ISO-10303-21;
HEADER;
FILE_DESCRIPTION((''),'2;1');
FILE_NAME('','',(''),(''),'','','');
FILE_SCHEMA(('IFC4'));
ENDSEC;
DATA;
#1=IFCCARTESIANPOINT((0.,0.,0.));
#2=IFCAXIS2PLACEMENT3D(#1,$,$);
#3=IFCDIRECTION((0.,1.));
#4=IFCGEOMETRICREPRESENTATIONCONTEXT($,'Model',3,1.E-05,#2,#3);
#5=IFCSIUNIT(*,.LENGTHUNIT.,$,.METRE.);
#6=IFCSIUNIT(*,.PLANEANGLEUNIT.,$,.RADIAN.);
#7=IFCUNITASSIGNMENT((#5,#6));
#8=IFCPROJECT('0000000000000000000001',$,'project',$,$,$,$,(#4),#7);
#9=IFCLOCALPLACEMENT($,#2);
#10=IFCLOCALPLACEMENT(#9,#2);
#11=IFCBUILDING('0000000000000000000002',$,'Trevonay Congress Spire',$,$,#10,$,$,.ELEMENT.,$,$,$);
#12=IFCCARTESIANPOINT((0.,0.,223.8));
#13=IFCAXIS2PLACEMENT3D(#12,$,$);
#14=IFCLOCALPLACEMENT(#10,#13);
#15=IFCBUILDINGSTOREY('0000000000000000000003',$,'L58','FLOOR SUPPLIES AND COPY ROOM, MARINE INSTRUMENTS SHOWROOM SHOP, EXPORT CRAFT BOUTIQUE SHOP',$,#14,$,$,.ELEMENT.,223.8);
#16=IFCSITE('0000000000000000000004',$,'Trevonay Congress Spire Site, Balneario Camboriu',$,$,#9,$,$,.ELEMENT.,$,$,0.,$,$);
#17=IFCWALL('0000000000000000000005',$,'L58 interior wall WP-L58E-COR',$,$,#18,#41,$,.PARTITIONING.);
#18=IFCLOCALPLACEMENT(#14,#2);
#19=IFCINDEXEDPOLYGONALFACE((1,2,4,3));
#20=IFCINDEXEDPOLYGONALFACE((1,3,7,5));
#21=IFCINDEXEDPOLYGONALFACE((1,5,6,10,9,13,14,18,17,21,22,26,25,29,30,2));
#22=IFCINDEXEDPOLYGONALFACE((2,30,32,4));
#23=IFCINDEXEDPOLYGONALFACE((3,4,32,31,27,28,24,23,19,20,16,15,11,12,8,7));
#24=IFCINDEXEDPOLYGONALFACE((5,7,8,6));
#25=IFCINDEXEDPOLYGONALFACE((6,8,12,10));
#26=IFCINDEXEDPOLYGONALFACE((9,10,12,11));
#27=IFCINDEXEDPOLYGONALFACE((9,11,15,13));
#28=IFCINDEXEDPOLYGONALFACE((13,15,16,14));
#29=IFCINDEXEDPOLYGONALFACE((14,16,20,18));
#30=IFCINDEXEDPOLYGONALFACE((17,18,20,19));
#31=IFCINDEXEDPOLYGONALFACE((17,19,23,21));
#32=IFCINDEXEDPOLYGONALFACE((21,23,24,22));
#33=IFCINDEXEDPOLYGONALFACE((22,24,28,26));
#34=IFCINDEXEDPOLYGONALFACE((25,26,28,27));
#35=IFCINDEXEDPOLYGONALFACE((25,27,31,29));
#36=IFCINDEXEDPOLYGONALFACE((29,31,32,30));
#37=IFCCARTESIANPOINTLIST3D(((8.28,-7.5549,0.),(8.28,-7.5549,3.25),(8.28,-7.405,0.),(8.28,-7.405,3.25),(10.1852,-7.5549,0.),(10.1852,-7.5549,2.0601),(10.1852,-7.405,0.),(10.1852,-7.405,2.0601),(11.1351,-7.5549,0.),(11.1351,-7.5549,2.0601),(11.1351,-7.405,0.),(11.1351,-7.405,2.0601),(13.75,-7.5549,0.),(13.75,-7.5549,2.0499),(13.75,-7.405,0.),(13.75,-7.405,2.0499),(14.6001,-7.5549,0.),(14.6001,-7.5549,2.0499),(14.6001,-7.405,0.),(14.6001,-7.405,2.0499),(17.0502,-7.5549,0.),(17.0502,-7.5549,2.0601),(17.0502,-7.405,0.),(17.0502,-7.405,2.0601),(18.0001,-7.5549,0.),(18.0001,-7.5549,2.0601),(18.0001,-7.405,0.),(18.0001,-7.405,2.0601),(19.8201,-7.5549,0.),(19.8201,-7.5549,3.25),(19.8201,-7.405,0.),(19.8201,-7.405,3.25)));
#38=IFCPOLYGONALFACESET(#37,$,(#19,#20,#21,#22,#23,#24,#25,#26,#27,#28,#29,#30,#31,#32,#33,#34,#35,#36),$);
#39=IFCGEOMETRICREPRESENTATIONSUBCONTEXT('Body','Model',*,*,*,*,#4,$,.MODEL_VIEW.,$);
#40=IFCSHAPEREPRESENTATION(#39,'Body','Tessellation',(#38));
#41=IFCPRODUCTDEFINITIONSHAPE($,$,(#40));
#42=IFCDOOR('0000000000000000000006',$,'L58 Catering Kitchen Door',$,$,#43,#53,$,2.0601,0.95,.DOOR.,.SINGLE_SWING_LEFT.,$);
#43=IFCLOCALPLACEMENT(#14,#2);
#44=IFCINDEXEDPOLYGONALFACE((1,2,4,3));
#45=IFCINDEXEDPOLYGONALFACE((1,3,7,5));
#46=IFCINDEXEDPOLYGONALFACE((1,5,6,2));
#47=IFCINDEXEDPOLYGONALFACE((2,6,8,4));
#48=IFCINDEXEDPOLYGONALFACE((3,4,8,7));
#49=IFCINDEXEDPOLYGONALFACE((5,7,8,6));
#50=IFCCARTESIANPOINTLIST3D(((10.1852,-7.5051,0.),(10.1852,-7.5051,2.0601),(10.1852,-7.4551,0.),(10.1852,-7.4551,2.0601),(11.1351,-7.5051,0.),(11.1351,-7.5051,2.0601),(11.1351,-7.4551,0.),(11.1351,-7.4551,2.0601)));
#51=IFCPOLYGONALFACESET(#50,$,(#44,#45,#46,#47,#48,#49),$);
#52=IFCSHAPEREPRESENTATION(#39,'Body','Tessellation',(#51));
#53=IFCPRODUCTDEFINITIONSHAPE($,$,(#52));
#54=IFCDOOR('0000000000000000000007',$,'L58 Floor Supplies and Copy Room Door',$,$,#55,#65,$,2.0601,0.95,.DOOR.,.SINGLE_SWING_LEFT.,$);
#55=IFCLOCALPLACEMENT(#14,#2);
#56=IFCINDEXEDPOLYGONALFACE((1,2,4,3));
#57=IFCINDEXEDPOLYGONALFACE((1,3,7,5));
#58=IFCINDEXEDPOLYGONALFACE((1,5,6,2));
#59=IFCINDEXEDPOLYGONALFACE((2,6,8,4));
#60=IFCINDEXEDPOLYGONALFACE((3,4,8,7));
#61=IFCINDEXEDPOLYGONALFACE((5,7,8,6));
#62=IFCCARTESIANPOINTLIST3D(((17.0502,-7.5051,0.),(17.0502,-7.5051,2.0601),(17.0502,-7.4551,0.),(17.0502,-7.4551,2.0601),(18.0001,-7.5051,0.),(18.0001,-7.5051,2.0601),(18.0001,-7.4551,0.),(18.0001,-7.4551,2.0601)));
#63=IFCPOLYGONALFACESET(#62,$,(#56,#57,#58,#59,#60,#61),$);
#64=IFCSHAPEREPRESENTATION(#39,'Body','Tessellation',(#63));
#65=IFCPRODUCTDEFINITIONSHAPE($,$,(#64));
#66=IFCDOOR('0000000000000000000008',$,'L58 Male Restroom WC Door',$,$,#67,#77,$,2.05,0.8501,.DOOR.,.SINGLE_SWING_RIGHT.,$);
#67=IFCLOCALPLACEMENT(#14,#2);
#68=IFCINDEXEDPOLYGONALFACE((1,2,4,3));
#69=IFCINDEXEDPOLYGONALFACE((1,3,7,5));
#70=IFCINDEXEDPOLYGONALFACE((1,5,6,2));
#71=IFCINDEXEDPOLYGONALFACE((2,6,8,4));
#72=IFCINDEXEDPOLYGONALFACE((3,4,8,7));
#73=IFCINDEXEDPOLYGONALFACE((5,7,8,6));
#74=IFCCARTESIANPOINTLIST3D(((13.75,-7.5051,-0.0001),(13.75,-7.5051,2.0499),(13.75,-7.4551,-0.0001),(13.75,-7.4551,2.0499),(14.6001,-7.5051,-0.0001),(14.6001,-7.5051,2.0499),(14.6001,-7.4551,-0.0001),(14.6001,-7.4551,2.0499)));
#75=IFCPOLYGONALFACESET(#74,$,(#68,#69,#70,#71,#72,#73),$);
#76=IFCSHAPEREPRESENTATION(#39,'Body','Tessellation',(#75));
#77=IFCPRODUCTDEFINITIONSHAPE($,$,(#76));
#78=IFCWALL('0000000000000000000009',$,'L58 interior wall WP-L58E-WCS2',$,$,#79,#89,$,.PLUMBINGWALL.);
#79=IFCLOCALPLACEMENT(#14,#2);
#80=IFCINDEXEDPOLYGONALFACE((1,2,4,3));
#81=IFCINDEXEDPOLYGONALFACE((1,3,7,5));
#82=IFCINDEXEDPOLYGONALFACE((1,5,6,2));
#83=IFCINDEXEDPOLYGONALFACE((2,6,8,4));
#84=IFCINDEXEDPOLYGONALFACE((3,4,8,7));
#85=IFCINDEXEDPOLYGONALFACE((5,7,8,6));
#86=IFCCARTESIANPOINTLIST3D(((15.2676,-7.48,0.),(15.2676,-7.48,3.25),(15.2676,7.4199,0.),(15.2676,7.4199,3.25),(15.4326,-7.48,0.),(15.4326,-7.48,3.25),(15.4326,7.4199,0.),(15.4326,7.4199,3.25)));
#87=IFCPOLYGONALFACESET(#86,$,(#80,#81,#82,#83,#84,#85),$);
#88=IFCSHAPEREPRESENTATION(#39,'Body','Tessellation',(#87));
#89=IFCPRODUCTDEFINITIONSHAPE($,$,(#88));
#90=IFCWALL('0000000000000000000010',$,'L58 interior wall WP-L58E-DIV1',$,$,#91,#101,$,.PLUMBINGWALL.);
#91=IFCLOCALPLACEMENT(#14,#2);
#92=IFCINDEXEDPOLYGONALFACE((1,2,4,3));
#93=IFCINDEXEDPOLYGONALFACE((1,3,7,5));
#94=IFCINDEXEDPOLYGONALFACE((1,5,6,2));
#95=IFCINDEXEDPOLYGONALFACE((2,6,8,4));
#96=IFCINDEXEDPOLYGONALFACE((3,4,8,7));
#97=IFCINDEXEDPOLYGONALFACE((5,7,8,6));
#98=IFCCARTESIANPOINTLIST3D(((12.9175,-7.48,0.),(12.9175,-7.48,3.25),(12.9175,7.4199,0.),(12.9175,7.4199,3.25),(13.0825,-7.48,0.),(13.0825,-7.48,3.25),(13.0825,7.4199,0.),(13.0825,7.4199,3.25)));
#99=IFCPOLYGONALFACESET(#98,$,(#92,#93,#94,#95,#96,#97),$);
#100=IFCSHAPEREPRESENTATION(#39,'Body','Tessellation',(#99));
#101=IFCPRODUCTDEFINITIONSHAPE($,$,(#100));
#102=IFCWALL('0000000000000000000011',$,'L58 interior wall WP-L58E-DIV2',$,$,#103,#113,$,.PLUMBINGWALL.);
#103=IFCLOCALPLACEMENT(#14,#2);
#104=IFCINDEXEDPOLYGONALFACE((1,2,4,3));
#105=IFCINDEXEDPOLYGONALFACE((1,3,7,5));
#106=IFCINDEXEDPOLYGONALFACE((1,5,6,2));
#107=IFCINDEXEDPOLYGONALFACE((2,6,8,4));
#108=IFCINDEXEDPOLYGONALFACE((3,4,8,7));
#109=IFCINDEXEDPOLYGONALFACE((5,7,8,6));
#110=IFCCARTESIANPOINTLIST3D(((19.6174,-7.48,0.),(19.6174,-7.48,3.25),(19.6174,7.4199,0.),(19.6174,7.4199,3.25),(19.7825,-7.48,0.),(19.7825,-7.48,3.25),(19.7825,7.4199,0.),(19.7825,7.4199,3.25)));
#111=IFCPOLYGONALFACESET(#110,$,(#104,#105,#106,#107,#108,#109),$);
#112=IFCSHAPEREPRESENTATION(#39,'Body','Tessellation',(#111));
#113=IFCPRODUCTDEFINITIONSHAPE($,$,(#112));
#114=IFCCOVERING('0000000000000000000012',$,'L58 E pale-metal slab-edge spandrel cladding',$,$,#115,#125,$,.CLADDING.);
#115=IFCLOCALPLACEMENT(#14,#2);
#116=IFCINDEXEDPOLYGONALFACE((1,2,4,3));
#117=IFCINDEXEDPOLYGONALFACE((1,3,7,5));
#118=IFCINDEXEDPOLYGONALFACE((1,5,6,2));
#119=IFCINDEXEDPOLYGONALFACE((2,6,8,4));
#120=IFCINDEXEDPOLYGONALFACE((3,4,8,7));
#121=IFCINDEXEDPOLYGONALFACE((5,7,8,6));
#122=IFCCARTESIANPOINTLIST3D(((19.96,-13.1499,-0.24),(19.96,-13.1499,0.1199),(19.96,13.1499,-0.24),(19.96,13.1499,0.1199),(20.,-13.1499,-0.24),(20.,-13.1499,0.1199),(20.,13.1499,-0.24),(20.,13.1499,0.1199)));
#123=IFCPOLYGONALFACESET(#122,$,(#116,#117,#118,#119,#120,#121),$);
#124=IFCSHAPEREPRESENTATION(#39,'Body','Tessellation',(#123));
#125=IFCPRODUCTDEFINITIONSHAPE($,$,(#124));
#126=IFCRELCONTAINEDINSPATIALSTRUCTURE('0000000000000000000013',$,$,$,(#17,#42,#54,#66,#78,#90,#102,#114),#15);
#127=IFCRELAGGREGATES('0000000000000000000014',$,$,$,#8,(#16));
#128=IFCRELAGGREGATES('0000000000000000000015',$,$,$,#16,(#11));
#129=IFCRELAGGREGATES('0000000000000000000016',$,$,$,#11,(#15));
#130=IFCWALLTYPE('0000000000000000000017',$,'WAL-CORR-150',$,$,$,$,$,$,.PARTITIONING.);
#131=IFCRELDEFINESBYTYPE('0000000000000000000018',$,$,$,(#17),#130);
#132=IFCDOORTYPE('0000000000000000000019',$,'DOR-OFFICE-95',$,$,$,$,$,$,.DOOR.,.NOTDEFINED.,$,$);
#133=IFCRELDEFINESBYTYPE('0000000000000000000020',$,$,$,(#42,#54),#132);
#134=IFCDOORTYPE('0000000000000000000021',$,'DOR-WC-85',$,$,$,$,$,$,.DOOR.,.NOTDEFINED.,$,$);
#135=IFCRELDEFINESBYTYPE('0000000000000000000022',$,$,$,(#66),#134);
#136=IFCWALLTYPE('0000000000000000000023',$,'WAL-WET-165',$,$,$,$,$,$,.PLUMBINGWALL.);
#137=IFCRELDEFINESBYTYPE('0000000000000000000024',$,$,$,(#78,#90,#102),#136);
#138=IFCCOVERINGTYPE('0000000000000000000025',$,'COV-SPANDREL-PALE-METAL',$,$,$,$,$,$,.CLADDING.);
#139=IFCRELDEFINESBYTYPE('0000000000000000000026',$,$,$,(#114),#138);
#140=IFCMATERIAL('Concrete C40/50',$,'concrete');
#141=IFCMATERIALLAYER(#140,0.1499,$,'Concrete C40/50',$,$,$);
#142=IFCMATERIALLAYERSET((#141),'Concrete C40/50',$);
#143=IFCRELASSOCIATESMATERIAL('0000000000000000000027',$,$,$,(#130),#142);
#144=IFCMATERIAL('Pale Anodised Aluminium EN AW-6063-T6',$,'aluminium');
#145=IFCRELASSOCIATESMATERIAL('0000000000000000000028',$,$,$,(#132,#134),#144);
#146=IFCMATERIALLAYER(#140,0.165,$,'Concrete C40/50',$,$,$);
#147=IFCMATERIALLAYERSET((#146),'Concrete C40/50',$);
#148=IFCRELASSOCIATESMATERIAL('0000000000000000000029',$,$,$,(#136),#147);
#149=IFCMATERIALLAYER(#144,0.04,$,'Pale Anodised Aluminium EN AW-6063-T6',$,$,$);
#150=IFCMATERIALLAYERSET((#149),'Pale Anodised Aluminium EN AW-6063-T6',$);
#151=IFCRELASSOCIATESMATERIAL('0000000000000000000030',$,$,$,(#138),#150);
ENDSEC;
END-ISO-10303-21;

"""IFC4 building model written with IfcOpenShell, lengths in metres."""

from ifc_helpers import new_model, si_unit, direction, frame, frame_2d, origin, place, context, subcontext, project, spatial, rectangle, extrude, material, layer, layer_set, type_object, element, fill, save


model = new_model("IFC4")

# Units and contexts
model_context = context("Model", 3, precision=1e-05, world=origin(), true_north=direction((0.0, 1.0)))
body_context = subcontext(model_context, "Body", "Model", "MODEL_VIEW")
ifc_project = project(units=[si_unit("LENGTHUNIT", "METRE"), si_unit("PLANEANGLEUNIT", "RADIAN")], contexts=[model_context])

# Site, building, storey
site_placement = place(None, origin())
site = spatial("IfcSite", under=ifc_project, at=site_placement, Name="Trevonay Congress Spire Site, Balneario Camboriu", CompositionType="ELEMENT", RefElevation=0.0)
building_placement = place(site_placement, origin())
building = spatial("IfcBuilding", under=site, at=building_placement, Name="Trevonay Congress Spire", CompositionType="ELEMENT")
storey_placement = place(building_placement, frame((0.0, 0.0, 223.8)))
storey = spatial("IfcBuildingStorey", under=building, at=storey_placement, Name="L58", Description="FLOOR SUPPLIES AND COPY ROOM, MARINE INSTRUMENTS SHOWROOM SHOP, EXPORT CRAFT BOUTIQUE SHOP", CompositionType="ELEMENT", Elevation=223.8)

# Shared definitions
ifc_material_1 = material(Name="Pale Anodised Aluminium EN AW-6063-T6", Category="aluminium")

# Wall, openings, doors
ifc_material_2 = material(Name="Concrete C40/50", Category="concrete")
ifc_layer_1 = layer(ifc_material_2, 0.1499, Name="Concrete C40/50")
ifc_layer_set_1 = layer_set([ifc_layer_1], Name="Concrete C40/50")
wall_type_1 = type_object("IfcWallType", Name="WAL-CORR-150", PredefinedType="PARTITIONING", material=ifc_layer_set_1)
wall_placement = place(storey_placement, frame((8.28, -7.48, 0.0), z_axis=(0.0, 0.0, 1.0), x_axis=(1.0, 0.0, 0.0)))
wall = element("IfcWall", 1, at=wall_placement, inside=storey, type_object=wall_type_1, Name="L58 interior wall WP-L58E-COR", PredefinedType="PARTITIONING", context=body_context, shape_type="SweptSolid", body=[
    extrude(rectangle(XDim=11.54, YDim=0.1499, at=frame_2d((5.77, 0.0))), origin(), (0.0, 0.0, 1.0), 3.25),
])
opening_1_placement = place(wall_placement, frame((1.905, 0.0, 0.0)))
opening_1 = element("IfcOpeningElement", 2, at=opening_1_placement, cuts=wall, PredefinedType="OPENING", context=body_context, shape_type="SweptSolid", body=[
    extrude(rectangle(XDim=0.95, YDim=2.0601, at=frame_2d((0.4751, 1.03))), frame((0.0, 0.085, 0.0), z_axis=(0.0, -1.0, 0.0), x_axis=(1.0, 0.0, 0.0)), (0.0, 0.0, 1.0), 0.1699),
])
opening_2_placement = place(wall_placement, frame((5.47, 0.0, 0.0)))
opening_2 = element("IfcOpeningElement", 3, at=opening_2_placement, cuts=wall, PredefinedType="OPENING", context=body_context, shape_type="SweptSolid", body=[
    extrude(rectangle(XDim=0.8501, YDim=2.05, at=frame_2d((0.425, 1.0249))), frame((0.0, 0.085, 0.0), z_axis=(0.0, -1.0, 0.0), x_axis=(1.0, 0.0, 0.0)), (0.0, 0.0, 1.0), 0.1699),
])
opening_3_placement = place(wall_placement, frame((8.77, 0.0, 0.0)))
opening_3 = element("IfcOpeningElement", 4, at=opening_3_placement, cuts=wall, PredefinedType="OPENING", context=body_context, shape_type="SweptSolid", body=[
    extrude(rectangle(XDim=0.95, YDim=2.0601, at=frame_2d((0.4751, 1.03))), frame((0.0, 0.085, 0.0), z_axis=(0.0, -1.0, 0.0), x_axis=(1.0, 0.0, 0.0)), (0.0, 0.0, 1.0), 0.1699),
])
door_type_1 = type_object("IfcDoorType", Name="DOR-OFFICE-95", OperationType="NOTDEFINED", PredefinedType="DOOR", material=ifc_material_1)
door_1_placement = place(opening_1_placement, origin())
door_1 = element("IfcDoor", 5, at=door_1_placement, inside=storey, type_object=door_type_1, Name="L58 Catering Kitchen Door", OperationType="SINGLE_SWING_LEFT", OverallHeight=2.0601, OverallWidth=0.95, PredefinedType="DOOR", context=body_context, shape_type="SweptSolid", body=[
    extrude(rectangle(XDim=0.95, YDim=2.0601, at=frame_2d((0.4751, 1.03))), frame((0.0, 0.0249, 0.0), z_axis=(0.0, -1.0, 0.0), x_axis=(1.0, 0.0, 0.0)), (0.0, 0.0, 1.0), 0.05),
])
fill(opening_1, door_1)
door_2_placement = place(opening_3_placement, origin())
door_2 = element("IfcDoor", 6, at=door_2_placement, inside=storey, type_object=door_type_1, Name="L58 Floor Supplies and Copy Room Door", OperationType="SINGLE_SWING_LEFT", OverallHeight=2.0601, OverallWidth=0.95, PredefinedType="DOOR", context=body_context, shape_type="SweptSolid", body=[
    extrude(rectangle(XDim=0.95, YDim=2.0601, at=frame_2d((0.4751, 1.03))), frame((0.0, 0.0249, 0.0), z_axis=(0.0, -1.0, 0.0), x_axis=(1.0, 0.0, 0.0)), (0.0, 0.0, 1.0), 0.05),
])
fill(opening_3, door_2)
door_type_2 = type_object("IfcDoorType", Name="DOR-WC-85", OperationType="NOTDEFINED", PredefinedType="DOOR", material=ifc_material_1)
door_3_placement = place(opening_2_placement, origin())
door_3 = element("IfcDoor", 7, at=door_3_placement, inside=storey, type_object=door_type_2, Name="L58 Male Restroom WC Door", OperationType="SINGLE_SWING_RIGHT", OverallHeight=2.05, OverallWidth=0.8501, PredefinedType="DOOR", context=body_context, shape_type="SweptSolid", body=[
    extrude(rectangle(XDim=0.8501, YDim=2.05, at=frame_2d((0.425, 1.0249))), frame((0.0, 0.0249, 0.0), z_axis=(0.0, -1.0, 0.0), x_axis=(1.0, 0.0, 0.0)), (0.0, 0.0, 1.0), 0.05),
])
fill(opening_2, door_3)

# Walls
ifc_layer_2 = layer(ifc_material_2, 0.165, Name="Concrete C40/50")
ifc_layer_set_2 = layer_set([ifc_layer_2], Name="Concrete C40/50")
wall_type_2 = type_object("IfcWallType", Name="WAL-WET-165", PredefinedType="PLUMBINGWALL", material=ifc_layer_set_2)
for number, where, z_axis, x_axis, name in (
    (8, (15.3501, -7.48, 0.0), (0.0, 0.0, 1.0), (0.0, 1.0, 0.0), "L58 interior wall WP-L58E-WCS2"),
    (9, (13.0, -7.48, 0.0), (0.0, 0.0, 1.0), (0.0, 1.0, 0.0), "L58 interior wall WP-L58E-DIV1"),
    (10, (19.7, -7.48, 0.0), (0.0, 0.0, 1.0), (0.0, 1.0, 0.0), "L58 interior wall WP-L58E-DIV2"),
):
    element("IfcWall", number, at=place(storey_placement, frame(where, z_axis=z_axis, x_axis=x_axis)), inside=storey, type_object=wall_type_2, Name=name, PredefinedType="PLUMBINGWALL", context=body_context, shape_type="SweptSolid", body=[
        extrude(rectangle(XDim=14.8999, YDim=0.165, at=frame_2d((7.45, 0.0))), origin(), (0.0, 0.0, 1.0), 3.25),
    ])

# Covering
ifc_layer_3 = layer(ifc_material_1, 0.04, Name="Pale Anodised Aluminium EN AW-6063-T6")
ifc_layer_set_3 = layer_set([ifc_layer_3], Name="Pale Anodised Aluminium EN AW-6063-T6")
covering_type = type_object("IfcCoveringType", Name="COV-SPANDREL-PALE-METAL", PredefinedType="CLADDING", material=ifc_layer_set_3)
covering_placement = place(storey_placement, frame((19.98, -13.1499, -0.24), z_axis=(0.0, 0.0, 1.0), x_axis=(0.0, 1.0, 0.0)))
element("IfcCovering", 11, at=covering_placement, inside=storey, type_object=covering_type, Name="L58 E pale-metal slab-edge spandrel cladding", PredefinedType="CLADDING", context=body_context, shape_type="SweptSolid", body=[
    extrude(rectangle(XDim=26.2998, YDim=0.04, at=frame_2d((13.1499, 0.0))), origin(), (0.0, 0.0, 1.0), 0.3599),
])

save(model, "model.ifc")
